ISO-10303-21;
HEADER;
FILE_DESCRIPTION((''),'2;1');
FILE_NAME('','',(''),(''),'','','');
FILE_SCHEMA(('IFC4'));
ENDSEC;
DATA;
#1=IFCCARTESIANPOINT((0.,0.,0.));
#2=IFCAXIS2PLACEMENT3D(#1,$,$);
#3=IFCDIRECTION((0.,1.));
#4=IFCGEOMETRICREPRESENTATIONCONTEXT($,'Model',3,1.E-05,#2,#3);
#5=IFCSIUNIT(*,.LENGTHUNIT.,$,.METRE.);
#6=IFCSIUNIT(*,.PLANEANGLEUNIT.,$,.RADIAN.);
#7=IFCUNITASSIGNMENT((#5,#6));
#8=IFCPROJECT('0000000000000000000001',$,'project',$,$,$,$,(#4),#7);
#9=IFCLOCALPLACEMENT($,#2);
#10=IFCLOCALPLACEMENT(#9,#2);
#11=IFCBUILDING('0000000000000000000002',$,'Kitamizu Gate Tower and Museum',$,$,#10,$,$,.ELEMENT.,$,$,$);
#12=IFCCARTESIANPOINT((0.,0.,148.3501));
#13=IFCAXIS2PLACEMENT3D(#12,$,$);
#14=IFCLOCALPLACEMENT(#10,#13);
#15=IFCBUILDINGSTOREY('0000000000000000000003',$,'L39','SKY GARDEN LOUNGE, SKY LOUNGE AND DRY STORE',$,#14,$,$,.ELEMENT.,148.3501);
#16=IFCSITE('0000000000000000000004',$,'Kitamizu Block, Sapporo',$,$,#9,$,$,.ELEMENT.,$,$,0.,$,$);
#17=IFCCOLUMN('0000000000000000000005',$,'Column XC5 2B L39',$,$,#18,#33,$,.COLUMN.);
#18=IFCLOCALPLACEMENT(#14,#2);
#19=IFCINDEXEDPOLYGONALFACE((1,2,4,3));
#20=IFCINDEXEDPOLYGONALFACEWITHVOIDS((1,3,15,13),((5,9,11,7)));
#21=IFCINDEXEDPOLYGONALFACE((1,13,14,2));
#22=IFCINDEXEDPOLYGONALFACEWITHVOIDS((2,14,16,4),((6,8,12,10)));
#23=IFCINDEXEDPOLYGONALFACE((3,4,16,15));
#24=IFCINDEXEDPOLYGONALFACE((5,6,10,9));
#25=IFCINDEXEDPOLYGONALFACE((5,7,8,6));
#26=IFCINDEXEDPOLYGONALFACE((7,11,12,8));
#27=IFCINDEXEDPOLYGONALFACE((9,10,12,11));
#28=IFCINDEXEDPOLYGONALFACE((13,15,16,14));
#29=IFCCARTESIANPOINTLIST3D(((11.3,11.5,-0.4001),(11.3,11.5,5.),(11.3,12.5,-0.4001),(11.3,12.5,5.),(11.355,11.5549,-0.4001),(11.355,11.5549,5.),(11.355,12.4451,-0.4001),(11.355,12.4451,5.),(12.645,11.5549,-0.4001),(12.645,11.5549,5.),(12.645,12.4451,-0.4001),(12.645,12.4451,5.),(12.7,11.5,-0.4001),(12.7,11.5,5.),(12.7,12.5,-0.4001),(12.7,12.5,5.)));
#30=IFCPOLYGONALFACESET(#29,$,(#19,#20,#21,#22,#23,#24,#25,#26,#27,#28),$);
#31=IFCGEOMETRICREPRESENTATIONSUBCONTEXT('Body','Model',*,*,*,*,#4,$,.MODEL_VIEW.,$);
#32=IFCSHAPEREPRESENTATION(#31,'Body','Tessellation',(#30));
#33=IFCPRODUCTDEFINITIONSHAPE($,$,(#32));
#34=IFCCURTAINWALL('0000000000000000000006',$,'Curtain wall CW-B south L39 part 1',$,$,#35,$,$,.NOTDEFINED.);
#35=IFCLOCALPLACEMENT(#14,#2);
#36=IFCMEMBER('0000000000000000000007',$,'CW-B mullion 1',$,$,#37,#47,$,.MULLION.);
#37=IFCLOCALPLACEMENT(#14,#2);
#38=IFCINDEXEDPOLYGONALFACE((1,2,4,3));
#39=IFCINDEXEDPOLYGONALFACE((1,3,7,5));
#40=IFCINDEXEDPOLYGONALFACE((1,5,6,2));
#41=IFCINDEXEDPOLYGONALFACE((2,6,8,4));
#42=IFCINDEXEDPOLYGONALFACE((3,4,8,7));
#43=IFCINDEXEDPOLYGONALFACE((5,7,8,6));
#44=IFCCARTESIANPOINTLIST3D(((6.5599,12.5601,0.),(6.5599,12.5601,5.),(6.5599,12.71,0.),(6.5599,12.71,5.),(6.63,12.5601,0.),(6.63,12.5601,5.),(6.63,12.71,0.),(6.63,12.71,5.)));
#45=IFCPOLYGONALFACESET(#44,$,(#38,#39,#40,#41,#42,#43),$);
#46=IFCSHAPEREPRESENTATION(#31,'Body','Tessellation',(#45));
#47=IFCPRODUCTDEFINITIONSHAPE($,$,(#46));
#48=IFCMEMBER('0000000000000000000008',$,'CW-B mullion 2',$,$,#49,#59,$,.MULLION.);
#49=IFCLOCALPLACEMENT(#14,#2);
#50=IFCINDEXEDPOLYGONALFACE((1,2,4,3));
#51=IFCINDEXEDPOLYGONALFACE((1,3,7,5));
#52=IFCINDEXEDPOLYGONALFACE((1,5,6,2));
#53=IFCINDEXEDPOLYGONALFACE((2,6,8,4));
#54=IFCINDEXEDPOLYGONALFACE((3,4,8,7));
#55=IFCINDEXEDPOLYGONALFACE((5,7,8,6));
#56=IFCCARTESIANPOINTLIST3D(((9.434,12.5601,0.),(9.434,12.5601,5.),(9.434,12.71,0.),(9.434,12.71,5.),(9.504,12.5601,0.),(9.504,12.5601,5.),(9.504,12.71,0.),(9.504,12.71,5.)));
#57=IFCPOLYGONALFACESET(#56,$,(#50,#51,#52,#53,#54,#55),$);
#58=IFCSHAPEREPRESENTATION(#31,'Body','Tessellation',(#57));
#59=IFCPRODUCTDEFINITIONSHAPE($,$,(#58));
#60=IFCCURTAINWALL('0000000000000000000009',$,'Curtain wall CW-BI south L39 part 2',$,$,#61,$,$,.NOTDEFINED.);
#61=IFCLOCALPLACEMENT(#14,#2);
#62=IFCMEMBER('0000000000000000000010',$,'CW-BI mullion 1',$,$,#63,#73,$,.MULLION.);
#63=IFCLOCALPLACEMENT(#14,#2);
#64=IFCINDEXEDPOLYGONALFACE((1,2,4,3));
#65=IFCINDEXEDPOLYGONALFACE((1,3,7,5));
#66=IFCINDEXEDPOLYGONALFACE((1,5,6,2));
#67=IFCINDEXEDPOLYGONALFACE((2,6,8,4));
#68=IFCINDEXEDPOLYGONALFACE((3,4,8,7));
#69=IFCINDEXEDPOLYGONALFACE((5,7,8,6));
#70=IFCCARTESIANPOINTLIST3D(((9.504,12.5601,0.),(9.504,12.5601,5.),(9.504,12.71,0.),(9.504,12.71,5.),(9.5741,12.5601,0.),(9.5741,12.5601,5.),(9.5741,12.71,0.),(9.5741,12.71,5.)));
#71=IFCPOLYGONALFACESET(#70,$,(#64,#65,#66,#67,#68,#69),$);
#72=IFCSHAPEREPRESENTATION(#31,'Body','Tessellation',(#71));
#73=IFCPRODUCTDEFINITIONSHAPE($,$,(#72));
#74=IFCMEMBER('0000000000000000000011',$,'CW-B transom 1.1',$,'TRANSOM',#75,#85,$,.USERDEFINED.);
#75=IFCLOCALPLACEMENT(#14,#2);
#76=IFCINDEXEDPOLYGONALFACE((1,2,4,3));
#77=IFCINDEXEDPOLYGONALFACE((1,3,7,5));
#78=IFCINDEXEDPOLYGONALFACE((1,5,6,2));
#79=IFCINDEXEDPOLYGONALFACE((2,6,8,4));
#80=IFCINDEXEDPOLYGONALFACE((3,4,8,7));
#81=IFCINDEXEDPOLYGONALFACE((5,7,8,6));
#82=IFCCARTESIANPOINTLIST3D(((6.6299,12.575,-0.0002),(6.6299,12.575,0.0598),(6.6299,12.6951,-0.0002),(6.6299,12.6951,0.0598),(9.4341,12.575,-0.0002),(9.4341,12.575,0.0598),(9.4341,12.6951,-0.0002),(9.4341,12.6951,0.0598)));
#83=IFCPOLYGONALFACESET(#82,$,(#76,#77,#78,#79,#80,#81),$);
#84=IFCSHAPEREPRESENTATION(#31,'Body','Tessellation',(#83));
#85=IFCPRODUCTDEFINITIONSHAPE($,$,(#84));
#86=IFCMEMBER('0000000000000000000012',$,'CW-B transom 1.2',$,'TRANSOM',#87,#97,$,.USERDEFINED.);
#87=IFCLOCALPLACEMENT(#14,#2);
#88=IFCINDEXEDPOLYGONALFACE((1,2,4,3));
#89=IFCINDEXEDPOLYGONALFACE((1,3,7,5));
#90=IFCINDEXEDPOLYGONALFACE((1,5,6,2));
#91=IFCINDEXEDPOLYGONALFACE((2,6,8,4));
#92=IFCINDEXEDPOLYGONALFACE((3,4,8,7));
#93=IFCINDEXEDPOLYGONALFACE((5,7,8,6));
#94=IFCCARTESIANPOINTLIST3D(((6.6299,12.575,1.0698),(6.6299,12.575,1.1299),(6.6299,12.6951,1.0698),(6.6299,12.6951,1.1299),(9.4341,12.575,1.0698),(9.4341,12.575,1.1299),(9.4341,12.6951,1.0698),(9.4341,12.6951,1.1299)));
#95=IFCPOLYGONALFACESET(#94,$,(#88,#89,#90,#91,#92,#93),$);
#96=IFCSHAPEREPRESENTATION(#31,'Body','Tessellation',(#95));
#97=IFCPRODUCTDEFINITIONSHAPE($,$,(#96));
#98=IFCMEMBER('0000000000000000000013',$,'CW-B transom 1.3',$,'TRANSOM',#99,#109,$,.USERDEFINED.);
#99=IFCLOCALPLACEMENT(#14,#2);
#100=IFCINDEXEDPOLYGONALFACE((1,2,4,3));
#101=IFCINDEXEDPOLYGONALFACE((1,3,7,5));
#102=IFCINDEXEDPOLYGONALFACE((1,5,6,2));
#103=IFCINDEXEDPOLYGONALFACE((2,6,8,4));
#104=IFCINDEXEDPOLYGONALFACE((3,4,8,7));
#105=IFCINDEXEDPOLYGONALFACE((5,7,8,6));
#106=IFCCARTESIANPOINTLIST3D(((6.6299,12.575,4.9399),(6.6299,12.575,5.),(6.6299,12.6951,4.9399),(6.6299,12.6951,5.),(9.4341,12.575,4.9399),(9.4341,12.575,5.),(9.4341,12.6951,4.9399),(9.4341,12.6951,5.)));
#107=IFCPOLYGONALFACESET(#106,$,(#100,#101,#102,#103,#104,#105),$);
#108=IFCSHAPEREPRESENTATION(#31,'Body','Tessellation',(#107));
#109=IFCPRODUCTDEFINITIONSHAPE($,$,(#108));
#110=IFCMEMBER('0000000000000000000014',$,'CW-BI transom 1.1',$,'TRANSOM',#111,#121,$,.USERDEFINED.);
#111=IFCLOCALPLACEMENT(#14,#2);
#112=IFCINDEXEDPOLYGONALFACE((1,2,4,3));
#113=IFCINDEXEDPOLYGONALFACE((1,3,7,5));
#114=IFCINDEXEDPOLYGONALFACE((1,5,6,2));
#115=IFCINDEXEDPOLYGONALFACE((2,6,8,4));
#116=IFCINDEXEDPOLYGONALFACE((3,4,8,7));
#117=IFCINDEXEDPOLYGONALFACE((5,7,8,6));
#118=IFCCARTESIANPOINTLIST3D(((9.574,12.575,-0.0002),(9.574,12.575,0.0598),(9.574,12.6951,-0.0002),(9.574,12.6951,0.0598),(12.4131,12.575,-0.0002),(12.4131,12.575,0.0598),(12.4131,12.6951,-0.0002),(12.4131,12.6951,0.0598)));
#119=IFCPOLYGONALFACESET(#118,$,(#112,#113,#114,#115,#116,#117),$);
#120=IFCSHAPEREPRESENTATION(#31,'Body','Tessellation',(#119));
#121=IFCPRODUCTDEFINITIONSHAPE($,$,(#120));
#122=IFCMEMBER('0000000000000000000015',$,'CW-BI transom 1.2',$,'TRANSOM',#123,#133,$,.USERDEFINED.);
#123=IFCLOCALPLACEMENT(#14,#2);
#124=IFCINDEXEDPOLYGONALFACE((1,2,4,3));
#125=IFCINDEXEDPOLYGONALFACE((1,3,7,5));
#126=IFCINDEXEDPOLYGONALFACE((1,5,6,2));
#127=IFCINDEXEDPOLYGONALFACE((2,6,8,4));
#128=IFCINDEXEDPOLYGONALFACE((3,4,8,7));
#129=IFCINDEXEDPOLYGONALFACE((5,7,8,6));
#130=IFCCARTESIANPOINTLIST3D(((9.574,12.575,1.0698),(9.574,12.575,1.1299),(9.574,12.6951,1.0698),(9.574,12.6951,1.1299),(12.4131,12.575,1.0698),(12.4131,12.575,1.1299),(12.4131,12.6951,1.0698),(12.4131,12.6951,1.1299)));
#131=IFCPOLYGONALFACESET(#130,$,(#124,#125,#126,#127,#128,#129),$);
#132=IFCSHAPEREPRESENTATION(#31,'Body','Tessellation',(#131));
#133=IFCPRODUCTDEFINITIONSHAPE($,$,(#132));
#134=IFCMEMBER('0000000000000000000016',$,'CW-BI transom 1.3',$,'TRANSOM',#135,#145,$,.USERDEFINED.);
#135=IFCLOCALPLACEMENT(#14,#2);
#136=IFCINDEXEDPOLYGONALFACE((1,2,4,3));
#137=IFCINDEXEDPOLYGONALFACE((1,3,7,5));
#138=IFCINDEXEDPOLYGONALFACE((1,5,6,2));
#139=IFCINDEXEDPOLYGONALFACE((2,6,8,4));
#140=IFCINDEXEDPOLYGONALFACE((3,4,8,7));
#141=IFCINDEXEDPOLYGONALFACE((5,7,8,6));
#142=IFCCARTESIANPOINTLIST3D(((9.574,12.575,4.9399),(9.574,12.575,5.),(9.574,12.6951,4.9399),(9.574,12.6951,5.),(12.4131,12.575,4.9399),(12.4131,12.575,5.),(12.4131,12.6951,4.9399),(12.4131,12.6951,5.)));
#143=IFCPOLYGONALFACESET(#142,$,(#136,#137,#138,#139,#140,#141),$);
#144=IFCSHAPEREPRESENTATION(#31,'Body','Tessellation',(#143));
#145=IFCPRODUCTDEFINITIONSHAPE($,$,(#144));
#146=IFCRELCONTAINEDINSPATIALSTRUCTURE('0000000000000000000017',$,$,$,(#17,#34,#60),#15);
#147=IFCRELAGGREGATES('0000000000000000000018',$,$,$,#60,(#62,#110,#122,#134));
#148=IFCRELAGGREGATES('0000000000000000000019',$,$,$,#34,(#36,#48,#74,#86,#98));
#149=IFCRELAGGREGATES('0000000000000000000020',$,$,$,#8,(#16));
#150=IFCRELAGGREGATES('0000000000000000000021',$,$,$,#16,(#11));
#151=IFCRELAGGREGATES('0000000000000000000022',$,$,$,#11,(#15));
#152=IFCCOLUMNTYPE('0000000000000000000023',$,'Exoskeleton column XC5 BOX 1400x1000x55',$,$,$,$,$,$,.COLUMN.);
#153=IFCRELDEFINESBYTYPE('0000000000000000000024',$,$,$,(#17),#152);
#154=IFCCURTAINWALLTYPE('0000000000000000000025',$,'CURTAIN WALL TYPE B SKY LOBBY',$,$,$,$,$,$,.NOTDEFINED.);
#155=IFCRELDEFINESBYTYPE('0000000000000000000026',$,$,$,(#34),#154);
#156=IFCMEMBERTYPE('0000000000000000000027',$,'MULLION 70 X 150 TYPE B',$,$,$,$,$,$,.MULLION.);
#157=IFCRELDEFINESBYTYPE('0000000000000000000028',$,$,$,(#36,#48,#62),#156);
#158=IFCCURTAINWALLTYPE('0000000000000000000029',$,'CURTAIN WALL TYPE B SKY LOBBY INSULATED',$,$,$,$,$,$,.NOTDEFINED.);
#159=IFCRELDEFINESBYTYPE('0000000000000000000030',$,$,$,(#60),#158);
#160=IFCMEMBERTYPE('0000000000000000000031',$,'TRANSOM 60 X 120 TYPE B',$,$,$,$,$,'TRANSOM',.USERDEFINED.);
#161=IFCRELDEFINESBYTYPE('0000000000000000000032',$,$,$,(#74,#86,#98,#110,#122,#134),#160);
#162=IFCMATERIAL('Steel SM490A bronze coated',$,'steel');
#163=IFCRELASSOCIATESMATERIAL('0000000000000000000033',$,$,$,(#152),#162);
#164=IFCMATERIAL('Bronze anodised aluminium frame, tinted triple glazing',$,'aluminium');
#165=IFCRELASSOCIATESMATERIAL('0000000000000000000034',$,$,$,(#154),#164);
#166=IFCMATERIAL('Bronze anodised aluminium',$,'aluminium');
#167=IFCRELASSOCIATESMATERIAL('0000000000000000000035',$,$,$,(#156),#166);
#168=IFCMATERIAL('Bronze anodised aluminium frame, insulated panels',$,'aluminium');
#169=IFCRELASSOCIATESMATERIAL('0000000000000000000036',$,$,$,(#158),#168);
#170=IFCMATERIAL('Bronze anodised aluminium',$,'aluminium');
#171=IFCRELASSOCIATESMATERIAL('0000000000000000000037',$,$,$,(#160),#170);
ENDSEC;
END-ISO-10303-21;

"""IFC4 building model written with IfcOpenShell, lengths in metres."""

from ifc_helpers import new_model, si_unit, direction, frame, origin, origin_2d, place, context, subcontext, project, spatial, rectangle, hollow_rectangle, extrude, material, material_profile, profile_set, type_object, element, aggregate, save


model = new_model("IFC4")

# Units and contexts
model_context = context("Model", 3, precision=1e-05, world=origin(), true_north=direction((0.0, 1.0)))
body_context = subcontext(model_context, "Body", "Model", "MODEL_VIEW")
ifc_project = project(units=[si_unit("LENGTHUNIT", "METRE"), si_unit("PLANEANGLEUNIT", "RADIAN")], contexts=[model_context])

# Site, building, storey
site_placement = place(None, origin())
site = spatial("IfcSite", under=ifc_project, at=site_placement, Name="Kitamizu Block, Sapporo", CompositionType="ELEMENT", RefElevation=0.0)
building_placement = place(site_placement, origin())
building = spatial("IfcBuilding", under=site, at=building_placement, Name="Kitamizu Gate Tower and Museum", CompositionType="ELEMENT")
storey_placement = place(building_placement, frame((0.0, 0.0, 148.3501)))
storey = spatial("IfcBuildingStorey", under=building, at=storey_placement, Name="L39", Description="SKY GARDEN LOUNGE, SKY LOUNGE AND DRY STORE", CompositionType="ELEMENT", Elevation=148.3501)

# Column
ifc_material_1 = material(Name="Steel SM490A bronze coated", Category="steel")
ifc_material_profile_1 = material_profile(ifc_material_1, hollow_rectangle(XDim=1.3999, YDim=1.0, WallThickness=0.0549, at=origin_2d()), Name="BOX 1400x1000x55")
ifc_profile_set_1 = profile_set([ifc_material_profile_1], Name="Steel SM490A bronze coated")
column_type = type_object("IfcColumnType", Name="Exoskeleton column XC5 BOX 1400x1000x55", PredefinedType="COLUMN", material=ifc_profile_set_1)
column_placement = place(storey_placement, frame((12.0, 12.0, -0.4001), z_axis=(0.0, 0.0, 1.0), x_axis=(1.0, 0.0, 0.0)))
element("IfcColumn", 1, at=column_placement, inside=storey, type_object=column_type, Name="Column XC5 2B L39", PredefinedType="COLUMN", context=body_context, shape_type="SweptSolid", body=[
    extrude(hollow_rectangle(XDim=1.3999, YDim=1.0, WallThickness=0.0549, at=origin_2d()), origin(), (0.0, 0.0, 1.0), 5.4001),
])

# Curtain wall, members
ifc_material_2 = material(Name="Bronze anodised aluminium frame, tinted triple glazing", Category="aluminium")
curtain_wall_type_1 = type_object("IfcCurtainWallType", Name="CURTAIN WALL TYPE B SKY LOBBY", PredefinedType="NOTDEFINED", material=ifc_material_2)
curtain_wall_1_placement = place(storey_placement, origin())
curtain_wall_1 = element("IfcCurtainWall", 2, at=curtain_wall_1_placement, inside=storey, type_object=curtain_wall_type_1, Name="Curtain wall CW-B south L39 part 1", PredefinedType="NOTDEFINED")
ifc_material_3 = material(Name="Bronze anodised aluminium", Category="aluminium")
ifc_material_profile_2 = material_profile(ifc_material_3, rectangle(XDim=0.0701, YDim=0.1499, at=origin_2d()), Name="AL 70X150")
ifc_profile_set_2 = profile_set([ifc_material_profile_2], Name="Bronze anodised aluminium")
member_type_1 = type_object("IfcMemberType", Name="MULLION 70 X 150 TYPE B", PredefinedType="MULLION", material=ifc_profile_set_2)
member_1_placement = place(storey_placement, frame((6.595, 12.635, 0.0), z_axis=(0.0, 0.0, 1.0), x_axis=(1.0, 0.0, 0.0)))
member_1 = element("IfcMember", 3, at=member_1_placement, type_object=member_type_1, Name="CW-B mullion 1", PredefinedType="MULLION", context=body_context, shape_type="SweptSolid", body=[
    extrude(rectangle(XDim=0.0701, YDim=0.1499, at=origin_2d()), origin(), (0.0, 0.0, 1.0), 5.0),
])
member_2_placement = place(storey_placement, frame((9.469, 12.635, 0.0), z_axis=(0.0, 0.0, 1.0), x_axis=(1.0, 0.0, 0.0)))
member_2 = element("IfcMember", 4, at=member_2_placement, type_object=member_type_1, Name="CW-B mullion 2", PredefinedType="MULLION", context=body_context, shape_type="SweptSolid", body=[
    extrude(rectangle(XDim=0.0701, YDim=0.1499, at=origin_2d()), origin(), (0.0, 0.0, 1.0), 5.0),
])

# Curtain wall, member
ifc_material_4 = material(Name="Bronze anodised aluminium frame, insulated panels", Category="aluminium")
curtain_wall_type_2 = type_object("IfcCurtainWallType", Name="CURTAIN WALL TYPE B SKY LOBBY INSULATED", PredefinedType="NOTDEFINED", material=ifc_material_4)
curtain_wall_2_placement = place(storey_placement, origin())
curtain_wall_2 = element("IfcCurtainWall", 5, at=curtain_wall_2_placement, inside=storey, type_object=curtain_wall_type_2, Name="Curtain wall CW-BI south L39 part 2", PredefinedType="NOTDEFINED")
member_3_placement = place(storey_placement, frame((9.5391, 12.635, 0.0), z_axis=(0.0, 0.0, 1.0), x_axis=(1.0, 0.0, 0.0)))
member_3 = element("IfcMember", 6, at=member_3_placement, type_object=member_type_1, Name="CW-BI mullion 1", PredefinedType="MULLION", context=body_context, shape_type="SweptSolid", body=[
    extrude(rectangle(XDim=0.0701, YDim=0.1499, at=origin_2d()), origin(), (0.0, 0.0, 1.0), 5.0),
])

# Members
ifc_material_5 = material(Name="Bronze anodised aluminium", Category="aluminium")
ifc_material_profile_3 = material_profile(ifc_material_5, rectangle(XDim=0.1201, YDim=0.0601, at=origin_2d()), Name="AL 60X120")
ifc_profile_set_3 = profile_set([ifc_material_profile_3], Name="Bronze anodised aluminium")
member_type_2 = type_object("IfcMemberType", Name="TRANSOM 60 X 120 TYPE B", ElementType="TRANSOM", PredefinedType="USERDEFINED", material=ifc_profile_set_3)
member_4_placement = place(storey_placement, frame((6.6299, 12.635, 0.0298), z_axis=(1.0, 0.0, 0.0), x_axis=(0.0, 1.0, 0.0)))
member_4 = element("IfcMember", 7, at=member_4_placement, type_object=member_type_2, Name="CW-B transom 1.1", ObjectType="TRANSOM", PredefinedType="USERDEFINED", context=body_context, shape_type="SweptSolid", body=[
    extrude(rectangle(XDim=0.1201, YDim=0.0601, at=origin_2d()), origin(), (0.0, 0.0, 1.0), 2.8042),
])
member_5_placement = place(storey_placement, frame((6.6299, 12.635, 1.0999), z_axis=(1.0, 0.0, 0.0), x_axis=(0.0, 1.0, 0.0)))
member_5 = element("IfcMember", 8, at=member_5_placement, type_object=member_type_2, Name="CW-B transom 1.2", ObjectType="TRANSOM", PredefinedType="USERDEFINED", context=body_context, shape_type="SweptSolid", body=[
    extrude(rectangle(XDim=0.1201, YDim=0.0601, at=origin_2d()), origin(), (0.0, 0.0, 1.0), 2.8042),
])
member_6_placement = place(storey_placement, frame((6.6299, 12.635, 4.97), z_axis=(1.0, 0.0, 0.0), x_axis=(0.0, 1.0, 0.0)))
member_6 = element("IfcMember", 9, at=member_6_placement, type_object=member_type_2, Name="CW-B transom 1.3", ObjectType="TRANSOM", PredefinedType="USERDEFINED", context=body_context, shape_type="SweptSolid", body=[
    extrude(rectangle(XDim=0.1201, YDim=0.0601, at=origin_2d()), origin(), (0.0, 0.0, 1.0), 2.8042),
])
member_7_placement = place(storey_placement, frame((9.574, 12.635, 0.0298), z_axis=(1.0, 0.0, 0.0), x_axis=(0.0, 1.0, 0.0)))
member_7 = element("IfcMember", 10, at=member_7_placement, type_object=member_type_2, Name="CW-BI transom 1.1", ObjectType="TRANSOM", PredefinedType="USERDEFINED", context=body_context, shape_type="SweptSolid", body=[
    extrude(rectangle(XDim=0.1201, YDim=0.0601, at=origin_2d()), origin(), (0.0, 0.0, 1.0), 2.8391),
])
member_8_placement = place(storey_placement, frame((9.574, 12.635, 1.0999), z_axis=(1.0, 0.0, 0.0), x_axis=(0.0, 1.0, 0.0)))
member_8 = element("IfcMember", 11, at=member_8_placement, type_object=member_type_2, Name="CW-BI transom 1.2", ObjectType="TRANSOM", PredefinedType="USERDEFINED", context=body_context, shape_type="SweptSolid", body=[
    extrude(rectangle(XDim=0.1201, YDim=0.0601, at=origin_2d()), origin(), (0.0, 0.0, 1.0), 2.8391),
])
member_9_placement = place(storey_placement, frame((9.574, 12.635, 4.97), z_axis=(1.0, 0.0, 0.0), x_axis=(0.0, 1.0, 0.0)))
member_9 = element("IfcMember", 12, at=member_9_placement, type_object=member_type_2, Name="CW-BI transom 1.3", ObjectType="TRANSOM", PredefinedType="USERDEFINED", context=body_context, shape_type="SweptSolid", body=[
    extrude(rectangle(XDim=0.1201, YDim=0.0601, at=origin_2d()), origin(), (0.0, 0.0, 1.0), 2.8391),
])
aggregate(curtain_wall_2, [member_3, member_7, member_8, member_9])

aggregate(curtain_wall_1, [member_1, member_2, member_4, member_5, member_6])

save(model, "model.ifc")
